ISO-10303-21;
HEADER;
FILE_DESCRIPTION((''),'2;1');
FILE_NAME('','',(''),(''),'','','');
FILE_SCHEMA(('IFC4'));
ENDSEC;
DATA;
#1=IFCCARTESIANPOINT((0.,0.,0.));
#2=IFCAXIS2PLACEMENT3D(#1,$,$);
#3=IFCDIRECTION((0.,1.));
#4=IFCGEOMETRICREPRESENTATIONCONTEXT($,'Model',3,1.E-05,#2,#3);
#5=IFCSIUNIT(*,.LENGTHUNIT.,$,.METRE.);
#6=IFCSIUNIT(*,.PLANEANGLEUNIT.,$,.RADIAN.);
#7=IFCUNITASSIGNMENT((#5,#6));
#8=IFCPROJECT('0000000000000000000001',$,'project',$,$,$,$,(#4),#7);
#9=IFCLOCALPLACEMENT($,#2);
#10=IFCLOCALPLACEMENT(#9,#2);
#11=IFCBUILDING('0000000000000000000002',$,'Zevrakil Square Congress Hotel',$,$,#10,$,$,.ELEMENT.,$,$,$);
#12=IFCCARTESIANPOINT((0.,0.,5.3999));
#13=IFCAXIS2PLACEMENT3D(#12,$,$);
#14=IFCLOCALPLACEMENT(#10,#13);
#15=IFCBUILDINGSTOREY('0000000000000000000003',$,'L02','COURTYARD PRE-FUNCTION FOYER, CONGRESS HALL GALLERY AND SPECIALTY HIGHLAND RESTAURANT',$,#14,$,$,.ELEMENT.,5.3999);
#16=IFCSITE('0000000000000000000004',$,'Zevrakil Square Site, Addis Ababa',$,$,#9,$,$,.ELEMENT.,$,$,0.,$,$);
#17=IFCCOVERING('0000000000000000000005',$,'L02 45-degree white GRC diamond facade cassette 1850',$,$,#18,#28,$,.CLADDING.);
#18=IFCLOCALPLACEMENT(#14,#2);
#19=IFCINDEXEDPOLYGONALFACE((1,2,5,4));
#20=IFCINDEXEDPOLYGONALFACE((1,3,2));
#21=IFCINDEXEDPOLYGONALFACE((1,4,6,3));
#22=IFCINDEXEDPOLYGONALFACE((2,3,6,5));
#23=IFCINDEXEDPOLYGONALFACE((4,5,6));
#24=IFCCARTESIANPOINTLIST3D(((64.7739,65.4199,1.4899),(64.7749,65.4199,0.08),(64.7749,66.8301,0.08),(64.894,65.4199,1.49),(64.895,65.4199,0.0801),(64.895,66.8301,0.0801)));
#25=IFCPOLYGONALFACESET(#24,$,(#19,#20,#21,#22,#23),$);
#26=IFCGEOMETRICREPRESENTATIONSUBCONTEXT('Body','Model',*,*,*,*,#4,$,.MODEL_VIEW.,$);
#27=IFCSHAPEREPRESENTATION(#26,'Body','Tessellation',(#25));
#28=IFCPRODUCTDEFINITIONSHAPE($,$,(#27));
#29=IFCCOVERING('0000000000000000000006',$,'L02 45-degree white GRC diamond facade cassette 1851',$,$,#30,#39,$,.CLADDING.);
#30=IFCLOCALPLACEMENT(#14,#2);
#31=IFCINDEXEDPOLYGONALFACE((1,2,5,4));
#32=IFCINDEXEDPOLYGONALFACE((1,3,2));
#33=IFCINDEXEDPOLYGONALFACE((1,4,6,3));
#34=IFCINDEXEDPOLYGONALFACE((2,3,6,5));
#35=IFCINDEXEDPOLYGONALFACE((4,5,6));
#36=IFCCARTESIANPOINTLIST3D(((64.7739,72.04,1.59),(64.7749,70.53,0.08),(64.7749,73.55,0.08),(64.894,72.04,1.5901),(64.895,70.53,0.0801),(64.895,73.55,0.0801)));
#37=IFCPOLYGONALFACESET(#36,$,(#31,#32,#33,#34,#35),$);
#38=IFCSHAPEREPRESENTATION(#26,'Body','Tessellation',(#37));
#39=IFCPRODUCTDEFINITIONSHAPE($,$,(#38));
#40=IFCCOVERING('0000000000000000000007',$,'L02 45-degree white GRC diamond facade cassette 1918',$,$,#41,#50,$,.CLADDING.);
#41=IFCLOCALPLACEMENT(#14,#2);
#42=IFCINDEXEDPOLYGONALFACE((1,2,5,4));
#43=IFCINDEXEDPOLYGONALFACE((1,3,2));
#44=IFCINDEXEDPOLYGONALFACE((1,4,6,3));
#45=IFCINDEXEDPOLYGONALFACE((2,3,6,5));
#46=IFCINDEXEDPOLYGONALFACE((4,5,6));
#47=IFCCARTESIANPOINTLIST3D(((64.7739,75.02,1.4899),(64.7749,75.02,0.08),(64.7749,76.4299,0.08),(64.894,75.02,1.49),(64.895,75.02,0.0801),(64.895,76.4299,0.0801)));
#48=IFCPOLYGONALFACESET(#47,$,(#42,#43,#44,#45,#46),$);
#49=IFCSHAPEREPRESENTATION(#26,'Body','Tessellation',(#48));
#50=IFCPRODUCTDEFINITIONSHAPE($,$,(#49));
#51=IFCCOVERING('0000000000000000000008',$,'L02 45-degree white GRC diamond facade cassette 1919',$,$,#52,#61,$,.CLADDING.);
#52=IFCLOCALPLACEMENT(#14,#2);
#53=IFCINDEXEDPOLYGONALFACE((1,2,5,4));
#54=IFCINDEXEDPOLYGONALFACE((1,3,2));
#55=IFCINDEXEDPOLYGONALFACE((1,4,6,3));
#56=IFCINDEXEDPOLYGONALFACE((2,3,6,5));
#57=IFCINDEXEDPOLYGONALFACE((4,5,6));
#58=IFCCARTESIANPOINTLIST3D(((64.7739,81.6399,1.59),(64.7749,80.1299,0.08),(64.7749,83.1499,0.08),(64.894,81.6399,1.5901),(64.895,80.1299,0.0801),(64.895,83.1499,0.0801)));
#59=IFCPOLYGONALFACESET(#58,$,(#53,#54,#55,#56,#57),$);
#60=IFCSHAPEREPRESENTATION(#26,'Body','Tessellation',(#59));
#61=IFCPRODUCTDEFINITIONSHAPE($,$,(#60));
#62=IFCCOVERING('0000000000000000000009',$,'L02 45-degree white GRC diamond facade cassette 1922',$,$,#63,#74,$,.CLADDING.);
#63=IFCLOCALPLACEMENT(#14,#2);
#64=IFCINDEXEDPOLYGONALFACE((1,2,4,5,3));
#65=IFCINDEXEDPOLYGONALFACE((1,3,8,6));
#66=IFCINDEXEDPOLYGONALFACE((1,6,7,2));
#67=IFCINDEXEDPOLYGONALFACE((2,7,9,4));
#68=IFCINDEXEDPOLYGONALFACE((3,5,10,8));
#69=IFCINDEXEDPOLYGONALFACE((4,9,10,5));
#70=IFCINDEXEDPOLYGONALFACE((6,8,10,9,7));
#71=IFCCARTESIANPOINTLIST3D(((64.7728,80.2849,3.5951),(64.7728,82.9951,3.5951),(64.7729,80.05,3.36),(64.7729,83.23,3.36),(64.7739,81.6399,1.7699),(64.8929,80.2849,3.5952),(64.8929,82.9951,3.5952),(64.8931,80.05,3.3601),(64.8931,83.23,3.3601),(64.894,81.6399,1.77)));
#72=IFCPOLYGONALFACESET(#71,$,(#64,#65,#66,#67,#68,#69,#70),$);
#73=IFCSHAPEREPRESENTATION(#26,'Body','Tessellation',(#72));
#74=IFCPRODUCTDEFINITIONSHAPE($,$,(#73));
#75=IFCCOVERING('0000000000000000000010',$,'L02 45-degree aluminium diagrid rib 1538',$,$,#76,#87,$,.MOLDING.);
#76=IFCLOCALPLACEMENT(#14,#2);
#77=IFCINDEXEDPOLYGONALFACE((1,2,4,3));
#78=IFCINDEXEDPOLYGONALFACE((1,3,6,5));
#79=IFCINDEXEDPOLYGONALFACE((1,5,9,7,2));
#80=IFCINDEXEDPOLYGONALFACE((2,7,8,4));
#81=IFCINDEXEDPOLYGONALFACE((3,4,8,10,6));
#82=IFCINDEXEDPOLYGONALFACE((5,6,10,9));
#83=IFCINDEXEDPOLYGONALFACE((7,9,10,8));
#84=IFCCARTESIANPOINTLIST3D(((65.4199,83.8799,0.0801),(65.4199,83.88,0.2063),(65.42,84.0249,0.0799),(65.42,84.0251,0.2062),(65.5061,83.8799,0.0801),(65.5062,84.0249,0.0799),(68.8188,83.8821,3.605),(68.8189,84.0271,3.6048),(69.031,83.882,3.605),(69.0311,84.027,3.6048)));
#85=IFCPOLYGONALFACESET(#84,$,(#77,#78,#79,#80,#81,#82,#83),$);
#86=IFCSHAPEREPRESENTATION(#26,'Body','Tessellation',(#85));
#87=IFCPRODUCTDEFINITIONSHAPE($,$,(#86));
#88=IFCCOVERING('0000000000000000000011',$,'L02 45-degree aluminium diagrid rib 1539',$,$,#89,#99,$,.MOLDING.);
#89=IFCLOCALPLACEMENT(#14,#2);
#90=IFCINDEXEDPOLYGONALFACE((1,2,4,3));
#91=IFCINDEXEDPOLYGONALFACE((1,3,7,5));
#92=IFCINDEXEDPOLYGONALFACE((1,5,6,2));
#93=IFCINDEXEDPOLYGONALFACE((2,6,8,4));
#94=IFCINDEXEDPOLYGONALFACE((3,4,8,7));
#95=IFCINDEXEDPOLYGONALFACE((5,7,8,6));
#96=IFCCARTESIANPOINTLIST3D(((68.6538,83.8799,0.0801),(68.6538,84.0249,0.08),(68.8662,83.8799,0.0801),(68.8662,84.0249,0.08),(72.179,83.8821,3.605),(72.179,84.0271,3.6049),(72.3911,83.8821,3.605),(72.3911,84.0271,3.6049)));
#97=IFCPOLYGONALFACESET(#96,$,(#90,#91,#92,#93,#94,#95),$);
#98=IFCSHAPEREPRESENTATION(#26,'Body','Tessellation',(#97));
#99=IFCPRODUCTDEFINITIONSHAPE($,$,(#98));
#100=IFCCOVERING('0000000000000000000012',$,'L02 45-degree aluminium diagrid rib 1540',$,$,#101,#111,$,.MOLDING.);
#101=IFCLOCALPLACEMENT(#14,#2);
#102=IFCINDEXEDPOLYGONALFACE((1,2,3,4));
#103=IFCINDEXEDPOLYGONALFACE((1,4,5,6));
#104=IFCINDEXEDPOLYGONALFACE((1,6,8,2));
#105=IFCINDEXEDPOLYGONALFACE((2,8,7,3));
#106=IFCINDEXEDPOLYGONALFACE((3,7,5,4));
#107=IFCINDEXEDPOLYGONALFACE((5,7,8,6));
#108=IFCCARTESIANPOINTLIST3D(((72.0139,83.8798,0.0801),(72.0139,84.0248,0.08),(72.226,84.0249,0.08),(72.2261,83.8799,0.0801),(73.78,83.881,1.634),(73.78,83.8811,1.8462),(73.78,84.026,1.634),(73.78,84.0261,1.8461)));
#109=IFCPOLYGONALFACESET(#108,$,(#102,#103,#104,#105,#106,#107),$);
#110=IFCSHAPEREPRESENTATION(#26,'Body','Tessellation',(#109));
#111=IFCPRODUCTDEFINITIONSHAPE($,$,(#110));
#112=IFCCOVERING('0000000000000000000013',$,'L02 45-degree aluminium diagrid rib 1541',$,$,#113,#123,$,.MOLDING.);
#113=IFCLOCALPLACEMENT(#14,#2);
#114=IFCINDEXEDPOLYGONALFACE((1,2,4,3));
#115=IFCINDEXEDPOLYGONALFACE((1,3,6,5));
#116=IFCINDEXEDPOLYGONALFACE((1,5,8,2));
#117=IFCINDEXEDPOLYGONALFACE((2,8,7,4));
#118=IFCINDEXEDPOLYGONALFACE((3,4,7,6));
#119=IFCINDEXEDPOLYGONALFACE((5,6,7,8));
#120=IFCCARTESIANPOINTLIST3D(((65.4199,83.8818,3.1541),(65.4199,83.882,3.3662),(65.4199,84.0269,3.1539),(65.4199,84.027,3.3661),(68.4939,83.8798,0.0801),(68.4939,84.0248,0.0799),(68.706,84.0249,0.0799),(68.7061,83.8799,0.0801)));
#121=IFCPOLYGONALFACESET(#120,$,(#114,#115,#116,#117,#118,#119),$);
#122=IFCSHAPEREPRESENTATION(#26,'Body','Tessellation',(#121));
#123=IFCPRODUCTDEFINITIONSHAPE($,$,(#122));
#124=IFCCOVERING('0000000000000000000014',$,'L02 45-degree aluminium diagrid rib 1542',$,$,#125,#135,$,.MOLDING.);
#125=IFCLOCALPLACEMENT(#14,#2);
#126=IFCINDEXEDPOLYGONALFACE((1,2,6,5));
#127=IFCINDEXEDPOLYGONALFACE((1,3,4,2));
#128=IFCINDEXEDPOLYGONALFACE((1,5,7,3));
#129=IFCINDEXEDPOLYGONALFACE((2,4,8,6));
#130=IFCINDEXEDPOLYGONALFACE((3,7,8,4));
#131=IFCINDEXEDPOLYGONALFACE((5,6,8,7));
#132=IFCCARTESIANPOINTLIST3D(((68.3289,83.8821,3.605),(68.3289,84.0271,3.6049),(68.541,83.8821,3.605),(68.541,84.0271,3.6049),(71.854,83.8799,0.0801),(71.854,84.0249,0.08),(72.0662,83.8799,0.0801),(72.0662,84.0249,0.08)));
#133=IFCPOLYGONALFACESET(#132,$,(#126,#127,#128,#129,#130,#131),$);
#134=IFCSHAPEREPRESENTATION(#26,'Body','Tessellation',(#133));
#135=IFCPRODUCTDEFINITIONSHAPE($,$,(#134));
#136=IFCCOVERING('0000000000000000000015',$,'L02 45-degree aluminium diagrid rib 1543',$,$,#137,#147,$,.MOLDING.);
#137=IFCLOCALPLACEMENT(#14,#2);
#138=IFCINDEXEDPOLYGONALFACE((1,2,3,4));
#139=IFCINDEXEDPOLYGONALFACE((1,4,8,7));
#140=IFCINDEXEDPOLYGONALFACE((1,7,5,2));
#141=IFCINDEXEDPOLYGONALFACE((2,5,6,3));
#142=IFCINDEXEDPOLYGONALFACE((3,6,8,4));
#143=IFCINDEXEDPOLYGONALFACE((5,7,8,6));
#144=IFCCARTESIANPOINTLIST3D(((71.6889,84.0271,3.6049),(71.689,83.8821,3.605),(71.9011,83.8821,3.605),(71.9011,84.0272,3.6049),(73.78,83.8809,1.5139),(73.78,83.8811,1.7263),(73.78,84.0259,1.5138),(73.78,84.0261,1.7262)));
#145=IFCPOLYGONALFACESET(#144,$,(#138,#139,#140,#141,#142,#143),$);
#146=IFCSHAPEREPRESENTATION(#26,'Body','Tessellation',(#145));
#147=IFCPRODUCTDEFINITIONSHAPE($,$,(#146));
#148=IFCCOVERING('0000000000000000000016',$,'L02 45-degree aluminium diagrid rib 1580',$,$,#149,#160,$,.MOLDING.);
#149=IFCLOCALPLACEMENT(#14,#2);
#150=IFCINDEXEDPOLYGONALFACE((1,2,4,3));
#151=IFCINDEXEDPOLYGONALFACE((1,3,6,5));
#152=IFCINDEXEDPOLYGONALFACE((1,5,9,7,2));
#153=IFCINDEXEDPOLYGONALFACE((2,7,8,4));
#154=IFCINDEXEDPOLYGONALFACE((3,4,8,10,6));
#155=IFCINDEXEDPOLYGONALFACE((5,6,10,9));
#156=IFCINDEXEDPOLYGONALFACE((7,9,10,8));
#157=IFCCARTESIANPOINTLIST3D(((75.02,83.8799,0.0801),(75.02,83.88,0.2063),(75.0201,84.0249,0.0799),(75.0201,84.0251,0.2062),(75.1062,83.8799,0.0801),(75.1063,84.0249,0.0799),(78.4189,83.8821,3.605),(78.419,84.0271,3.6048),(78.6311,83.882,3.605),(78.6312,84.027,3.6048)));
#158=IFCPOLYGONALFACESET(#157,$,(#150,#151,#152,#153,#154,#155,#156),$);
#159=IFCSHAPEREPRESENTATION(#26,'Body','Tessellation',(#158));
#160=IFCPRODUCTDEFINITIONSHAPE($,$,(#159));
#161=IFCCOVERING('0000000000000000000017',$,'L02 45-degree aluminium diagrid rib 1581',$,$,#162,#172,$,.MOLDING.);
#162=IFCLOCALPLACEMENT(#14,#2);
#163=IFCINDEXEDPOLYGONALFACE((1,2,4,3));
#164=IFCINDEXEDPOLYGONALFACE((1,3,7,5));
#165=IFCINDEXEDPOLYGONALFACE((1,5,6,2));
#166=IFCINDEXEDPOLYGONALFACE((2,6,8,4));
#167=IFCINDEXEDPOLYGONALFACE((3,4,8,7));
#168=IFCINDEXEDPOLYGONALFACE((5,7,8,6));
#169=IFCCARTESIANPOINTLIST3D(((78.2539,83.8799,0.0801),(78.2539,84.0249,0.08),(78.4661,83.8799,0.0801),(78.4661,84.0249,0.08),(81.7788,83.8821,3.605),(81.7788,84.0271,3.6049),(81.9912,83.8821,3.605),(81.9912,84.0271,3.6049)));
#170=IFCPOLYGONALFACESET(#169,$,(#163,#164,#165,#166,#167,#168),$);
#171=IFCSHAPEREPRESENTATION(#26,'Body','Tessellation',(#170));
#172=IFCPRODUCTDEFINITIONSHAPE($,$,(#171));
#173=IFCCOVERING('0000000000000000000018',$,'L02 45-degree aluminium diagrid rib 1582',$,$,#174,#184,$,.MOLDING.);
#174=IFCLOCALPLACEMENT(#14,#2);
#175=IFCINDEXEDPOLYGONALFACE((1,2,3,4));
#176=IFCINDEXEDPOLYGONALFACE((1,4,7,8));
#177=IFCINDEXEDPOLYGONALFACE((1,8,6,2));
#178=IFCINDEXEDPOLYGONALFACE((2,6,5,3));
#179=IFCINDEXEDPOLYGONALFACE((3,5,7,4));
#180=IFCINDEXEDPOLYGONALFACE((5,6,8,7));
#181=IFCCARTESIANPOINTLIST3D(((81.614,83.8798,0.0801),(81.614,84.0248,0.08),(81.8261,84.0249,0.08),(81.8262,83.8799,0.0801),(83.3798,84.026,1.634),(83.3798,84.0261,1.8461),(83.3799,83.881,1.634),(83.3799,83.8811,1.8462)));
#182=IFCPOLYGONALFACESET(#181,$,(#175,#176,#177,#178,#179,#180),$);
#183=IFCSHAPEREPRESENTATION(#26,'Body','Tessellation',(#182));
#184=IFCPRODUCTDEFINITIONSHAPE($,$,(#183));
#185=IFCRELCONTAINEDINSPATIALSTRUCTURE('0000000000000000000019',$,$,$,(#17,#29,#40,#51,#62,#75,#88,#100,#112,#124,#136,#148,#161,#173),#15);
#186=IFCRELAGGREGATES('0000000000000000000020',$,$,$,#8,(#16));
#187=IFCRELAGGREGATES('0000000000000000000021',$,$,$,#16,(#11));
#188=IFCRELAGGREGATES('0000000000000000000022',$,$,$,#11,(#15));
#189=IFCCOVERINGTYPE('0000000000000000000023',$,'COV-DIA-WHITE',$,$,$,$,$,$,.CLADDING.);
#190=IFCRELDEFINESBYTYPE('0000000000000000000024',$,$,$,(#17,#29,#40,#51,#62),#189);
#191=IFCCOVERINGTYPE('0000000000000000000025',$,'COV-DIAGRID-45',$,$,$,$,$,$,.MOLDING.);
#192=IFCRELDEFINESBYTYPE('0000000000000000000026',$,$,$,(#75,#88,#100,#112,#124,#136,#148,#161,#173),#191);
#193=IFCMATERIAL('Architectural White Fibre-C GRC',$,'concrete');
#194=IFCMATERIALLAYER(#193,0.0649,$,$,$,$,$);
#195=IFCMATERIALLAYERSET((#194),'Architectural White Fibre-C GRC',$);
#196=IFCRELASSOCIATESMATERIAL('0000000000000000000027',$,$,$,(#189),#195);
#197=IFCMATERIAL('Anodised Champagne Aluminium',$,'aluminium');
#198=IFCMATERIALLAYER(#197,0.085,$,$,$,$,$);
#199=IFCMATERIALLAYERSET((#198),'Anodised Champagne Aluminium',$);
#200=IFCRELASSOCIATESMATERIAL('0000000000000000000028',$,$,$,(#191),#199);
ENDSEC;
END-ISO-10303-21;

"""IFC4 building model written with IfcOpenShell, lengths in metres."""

from ifc_helpers import new_model, si_unit, direction, frame, origin, place, context, subcontext, project, spatial, polyline, outline, extrude, material, layer, layer_set, type_object, element, save


model = new_model("IFC4")

# Units and contexts
model_context = context("Model", 3, precision=1e-05, world=origin(), true_north=direction((0.0, 1.0)))
body_context = subcontext(model_context, "Body", "Model", "MODEL_VIEW")
ifc_project = project(units=[si_unit("LENGTHUNIT", "METRE"), si_unit("PLANEANGLEUNIT", "RADIAN")], contexts=[model_context])

# Site, building, storey
site_placement = place(None, origin())
site = spatial("IfcSite", under=ifc_project, at=site_placement, Name="Zevrakil Square Site, Addis Ababa", CompositionType="ELEMENT", RefElevation=0.0)
building_placement = place(site_placement, origin())
building = spatial("IfcBuilding", under=site, at=building_placement, Name="Zevrakil Square Congress Hotel", CompositionType="ELEMENT")
storey_placement = place(building_placement, frame((0.0, 0.0, 5.3999)))
storey = spatial("IfcBuildingStorey", under=building, at=storey_placement, Name="L02", Description="COURTYARD PRE-FUNCTION FOYER, CONGRESS HALL GALLERY AND SPECIALTY HIGHLAND RESTAURANT", CompositionType="ELEMENT", Elevation=5.3999)

# Coverings
ifc_material_1 = material(Name="Architectural White Fibre-C GRC", Category="concrete")
ifc_layer_1 = layer(ifc_material_1, 0.0649)
ifc_layer_set_1 = layer_set([ifc_layer_1], Name="Architectural White Fibre-C GRC")
covering_type_1 = type_object("IfcCoveringType", Name="COV-DIA-WHITE", PredefinedType="CLADDING", material=ifc_layer_set_1)
covering_1_placement = place(storey_placement, frame((64.895, 66.8301, 0.0801), z_axis=(1.0, 0.0, 0.000693), x_axis=(0.0, -1.0, 0.0)))
element("IfcCovering", 1, at=covering_1_placement, inside=storey, type_object=covering_type_1, Name="L02 45-degree white GRC diamond facade cassette 1850", PredefinedType="CLADDING", context=body_context, shape_type="SweptSolid", body=[
    extrude(outline(polyline([(0.0, 0.0), (1.4102, 0.0), (1.4102, -1.4099), (0.0, 0.0)])), origin(), (0.0, 0.0, -1.0), 0.1201),
])
covering_2_placement = place(storey_placement, frame((64.894, 72.04, 1.5901), z_axis=(1.0, 0.0, 0.000647), x_axis=(0.000457, 0.707107, -0.707107)))
element("IfcCovering", 2, at=covering_2_placement, inside=storey, type_object=covering_type_1, Name="L02 45-degree white GRC diamond facade cassette 1851", PredefinedType="CLADDING", context=body_context, shape_type="SweptSolid", body=[
    extrude(outline(polyline([(0.0, 0.0), (2.1355, 0.0), (0.0, -2.1355), (0.0, 0.0)])), origin(), (0.0, 0.0, -1.0), 0.1201),
])
covering_3_placement = place(storey_placement, frame((64.895, 76.4299, 0.0801), z_axis=(1.0, 0.0, 0.000693), x_axis=(0.0, -1.0, 0.0)))
element("IfcCovering", 3, at=covering_3_placement, inside=storey, type_object=covering_type_1, Name="L02 45-degree white GRC diamond facade cassette 1918", PredefinedType="CLADDING", context=body_context, shape_type="SweptSolid", body=[
    extrude(outline(polyline([(0.0, 0.0), (1.4099, 0.0), (1.4099, -1.4099), (0.0, 0.0)])), origin(), (0.0, 0.0, -1.0), 0.1201),
])
covering_4_placement = place(storey_placement, frame((64.894, 81.6399, 1.5901), z_axis=(1.0, 0.0, 0.000647), x_axis=(0.000457, 0.707107, -0.707107)))
element("IfcCovering", 4, at=covering_4_placement, inside=storey, type_object=covering_type_1, Name="L02 45-degree white GRC diamond facade cassette 1919", PredefinedType="CLADDING", context=body_context, shape_type="SweptSolid", body=[
    extrude(outline(polyline([(0.0, 0.0), (2.1355, 0.0), (0.0, -2.1355), (0.0, 0.0)])), origin(), (0.0, 0.0, -1.0), 0.1201),
])
covering_5_placement = place(storey_placement, frame((64.8931, 83.23, 3.3601), z_axis=(1.0, 0.0, 0.000585), x_axis=(0.000414, -0.707107, -0.707107)))
element("IfcCovering", 5, at=covering_5_placement, inside=storey, type_object=covering_type_1, Name="L02 45-degree white GRC diamond facade cassette 1922", PredefinedType="CLADDING", context=body_context, shape_type="SweptSolid", body=[
    extrude(outline(polyline([(0.0, 0.0), (2.2487, 0.0), (2.2486, -2.2486), (1.9162, -2.2487), (-0.0002, -0.3323), (0.0, 0.0)])), origin(), (0.0, 0.0, -1.0), 0.1201),
])
ifc_material_2 = material(Name="Anodised Champagne Aluminium", Category="aluminium")
ifc_layer_2 = layer(ifc_material_2, 0.085)
ifc_layer_set_2 = layer_set([ifc_layer_2], Name="Anodised Champagne Aluminium")
covering_type_2 = type_object("IfcCoveringType", Name="COV-DIAGRID-45", PredefinedType="MOLDING", material=ifc_layer_set_2)
covering_6_placement = place(storey_placement, frame((65.5061, 83.8799, 0.0801), z_axis=(-0.000394, -0.999999, 0.001003), x_axis=(-1.0, 0.000394, 0.0)))
element("IfcCovering", 6, at=covering_6_placement, inside=storey, type_object=covering_type_2, Name="L02 45-degree aluminium diagrid rib 1538", PredefinedType="MOLDING", context=body_context, shape_type="SweptSolid", body=[
    extrude(outline(polyline([(0.0, 0.0), (0.0862, 0.0), (0.0862, -0.1262), (-3.3127, -3.5249), (-3.5249, -3.5249), (0.0, 0.0)])), origin(), (0.0, 0.0, -1.0), 0.145),
])
covering_7_placement = place(storey_placement, frame((68.8662, 83.8799, 0.0801), z_axis=(0.0, -1.0, 0.000623), x_axis=(-1.0, 0.0, 0.0)))
element("IfcCovering", 7, at=covering_7_placement, inside=storey, type_object=covering_type_2, Name="L02 45-degree aluminium diagrid rib 1539", PredefinedType="MOLDING", context=body_context, shape_type="SweptSolid", body=[
    extrude(outline(polyline([(0.0, 0.0), (0.2124, 0.0), (-3.3127, -3.5249), (-3.5249, -3.5249), (0.0, 0.0)])), origin(), (0.0, 0.0, -1.0), 0.145),
])
covering_8_placement = place(storey_placement, frame((72.2261, 83.8799, 0.0801), z_axis=(0.000368, -1.0, 0.000368), x_axis=(-1.0, -0.000368, 0.0)))
element("IfcCovering", 8, at=covering_8_placement, inside=storey, type_object=covering_type_2, Name="L02 45-degree aluminium diagrid rib 1540", PredefinedType="MOLDING", context=body_context, shape_type="SweptSolid", body=[
    extrude(outline(polyline([(0.0, 0.0), (0.2122, 0.0), (-1.554, -1.7661), (-1.554, -1.554), (0.0, 0.0)])), origin(), (0.0, 0.0, -1.0), 0.145),
])
covering_9_placement = place(storey_placement, frame((65.4199, 83.8818, 3.1541), z_axis=(0.000249, -1.0, 0.000902), x_axis=(0.0, 0.000902, 1.0)))
element("IfcCovering", 9, at=covering_9_placement, inside=storey, type_object=covering_type_2, Name="L02 45-degree aluminium diagrid rib 1541", PredefinedType="MOLDING", context=body_context, shape_type="SweptSolid", body=[
    extrude(outline(polyline([(0.0, 0.0), (0.2122, 0.0), (-3.074, -3.2861), (-3.074, -3.074), (0.0, 0.0)])), origin(), (0.0, 0.0, -1.0), 0.145),
])
covering_10_placement = place(storey_placement, frame((68.3289, 83.8821, 3.605), z_axis=(0.0, -1.0, 0.000623), x_axis=(1.0, 0.0, 0.0)))
element("IfcCovering", 10, at=covering_10_placement, inside=storey, type_object=covering_type_2, Name="L02 45-degree aluminium diagrid rib 1542", PredefinedType="MOLDING", context=body_context, shape_type="SweptSolid", body=[
    extrude(outline(polyline([(0.0, 0.0), (0.2122, 0.0), (3.7373, -3.5249), (3.5251, -3.5249), (0.0, 0.0)])), origin(), (0.0, 0.0, -1.0), 0.145),
])
covering_11_placement = place(storey_placement, frame((71.689, 83.8821, 3.605), z_axis=(0.000298, -1.0, 0.000852), x_axis=(1.0, 0.000298, 0.0)))
element("IfcCovering", 11, at=covering_11_placement, inside=storey, type_object=covering_type_2, Name="L02 45-degree aluminium diagrid rib 1543", PredefinedType="MOLDING", context=body_context, shape_type="SweptSolid", body=[
    extrude(outline(polyline([(0.0, 0.0), (0.2122, 0.0), (2.0911, -1.8787), (2.0911, -2.0911), (0.0, 0.0)])), origin(), (0.0, 0.0, -1.0), 0.145),
])
covering_12_placement = place(storey_placement, frame((75.1062, 83.8799, 0.0801), z_axis=(-0.000394, -0.999999, 0.001003), x_axis=(-1.0, 0.000394, 0.0)))
element("IfcCovering", 12, at=covering_12_placement, inside=storey, type_object=covering_type_2, Name="L02 45-degree aluminium diagrid rib 1580", PredefinedType="MOLDING", context=body_context, shape_type="SweptSolid", body=[
    extrude(outline(polyline([(0.0, 0.0), (0.0862, 0.0), (0.0862, -0.1262), (-3.3127, -3.5249), (-3.5249, -3.5249), (0.0, 0.0)])), origin(), (0.0, 0.0, -1.0), 0.145),
])
covering_13_placement = place(storey_placement, frame((78.4661, 83.8799, 0.0801), z_axis=(0.0, -1.0, 0.000623), x_axis=(-1.0, 0.0, 0.0)))
element("IfcCovering", 13, at=covering_13_placement, inside=storey, type_object=covering_type_2, Name="L02 45-degree aluminium diagrid rib 1581", PredefinedType="MOLDING", context=body_context, shape_type="SweptSolid", body=[
    extrude(outline(polyline([(0.0, 0.0), (0.2122, 0.0), (-3.3127, -3.5249), (-3.5251, -3.5249), (0.0, 0.0)])), origin(), (0.0, 0.0, -1.0), 0.145),
])
covering_14_placement = place(storey_placement, frame((81.8262, 83.8799, 0.0801), z_axis=(0.000368, -1.0, 0.000368), x_axis=(-1.0, -0.000368, 0.0)))
element("IfcCovering", 14, at=covering_14_placement, inside=storey, type_object=covering_type_2, Name="L02 45-degree aluminium diagrid rib 1582", PredefinedType="MOLDING", context=body_context, shape_type="SweptSolid", body=[
    extrude(outline(polyline([(0.0, 0.0), (0.2122, 0.0), (-1.5537, -1.7661), (-1.5537, -1.554), (0.0, 0.0)])), origin(), (0.0, 0.0, -1.0), 0.145),
])

save(model, "model.ifc")
